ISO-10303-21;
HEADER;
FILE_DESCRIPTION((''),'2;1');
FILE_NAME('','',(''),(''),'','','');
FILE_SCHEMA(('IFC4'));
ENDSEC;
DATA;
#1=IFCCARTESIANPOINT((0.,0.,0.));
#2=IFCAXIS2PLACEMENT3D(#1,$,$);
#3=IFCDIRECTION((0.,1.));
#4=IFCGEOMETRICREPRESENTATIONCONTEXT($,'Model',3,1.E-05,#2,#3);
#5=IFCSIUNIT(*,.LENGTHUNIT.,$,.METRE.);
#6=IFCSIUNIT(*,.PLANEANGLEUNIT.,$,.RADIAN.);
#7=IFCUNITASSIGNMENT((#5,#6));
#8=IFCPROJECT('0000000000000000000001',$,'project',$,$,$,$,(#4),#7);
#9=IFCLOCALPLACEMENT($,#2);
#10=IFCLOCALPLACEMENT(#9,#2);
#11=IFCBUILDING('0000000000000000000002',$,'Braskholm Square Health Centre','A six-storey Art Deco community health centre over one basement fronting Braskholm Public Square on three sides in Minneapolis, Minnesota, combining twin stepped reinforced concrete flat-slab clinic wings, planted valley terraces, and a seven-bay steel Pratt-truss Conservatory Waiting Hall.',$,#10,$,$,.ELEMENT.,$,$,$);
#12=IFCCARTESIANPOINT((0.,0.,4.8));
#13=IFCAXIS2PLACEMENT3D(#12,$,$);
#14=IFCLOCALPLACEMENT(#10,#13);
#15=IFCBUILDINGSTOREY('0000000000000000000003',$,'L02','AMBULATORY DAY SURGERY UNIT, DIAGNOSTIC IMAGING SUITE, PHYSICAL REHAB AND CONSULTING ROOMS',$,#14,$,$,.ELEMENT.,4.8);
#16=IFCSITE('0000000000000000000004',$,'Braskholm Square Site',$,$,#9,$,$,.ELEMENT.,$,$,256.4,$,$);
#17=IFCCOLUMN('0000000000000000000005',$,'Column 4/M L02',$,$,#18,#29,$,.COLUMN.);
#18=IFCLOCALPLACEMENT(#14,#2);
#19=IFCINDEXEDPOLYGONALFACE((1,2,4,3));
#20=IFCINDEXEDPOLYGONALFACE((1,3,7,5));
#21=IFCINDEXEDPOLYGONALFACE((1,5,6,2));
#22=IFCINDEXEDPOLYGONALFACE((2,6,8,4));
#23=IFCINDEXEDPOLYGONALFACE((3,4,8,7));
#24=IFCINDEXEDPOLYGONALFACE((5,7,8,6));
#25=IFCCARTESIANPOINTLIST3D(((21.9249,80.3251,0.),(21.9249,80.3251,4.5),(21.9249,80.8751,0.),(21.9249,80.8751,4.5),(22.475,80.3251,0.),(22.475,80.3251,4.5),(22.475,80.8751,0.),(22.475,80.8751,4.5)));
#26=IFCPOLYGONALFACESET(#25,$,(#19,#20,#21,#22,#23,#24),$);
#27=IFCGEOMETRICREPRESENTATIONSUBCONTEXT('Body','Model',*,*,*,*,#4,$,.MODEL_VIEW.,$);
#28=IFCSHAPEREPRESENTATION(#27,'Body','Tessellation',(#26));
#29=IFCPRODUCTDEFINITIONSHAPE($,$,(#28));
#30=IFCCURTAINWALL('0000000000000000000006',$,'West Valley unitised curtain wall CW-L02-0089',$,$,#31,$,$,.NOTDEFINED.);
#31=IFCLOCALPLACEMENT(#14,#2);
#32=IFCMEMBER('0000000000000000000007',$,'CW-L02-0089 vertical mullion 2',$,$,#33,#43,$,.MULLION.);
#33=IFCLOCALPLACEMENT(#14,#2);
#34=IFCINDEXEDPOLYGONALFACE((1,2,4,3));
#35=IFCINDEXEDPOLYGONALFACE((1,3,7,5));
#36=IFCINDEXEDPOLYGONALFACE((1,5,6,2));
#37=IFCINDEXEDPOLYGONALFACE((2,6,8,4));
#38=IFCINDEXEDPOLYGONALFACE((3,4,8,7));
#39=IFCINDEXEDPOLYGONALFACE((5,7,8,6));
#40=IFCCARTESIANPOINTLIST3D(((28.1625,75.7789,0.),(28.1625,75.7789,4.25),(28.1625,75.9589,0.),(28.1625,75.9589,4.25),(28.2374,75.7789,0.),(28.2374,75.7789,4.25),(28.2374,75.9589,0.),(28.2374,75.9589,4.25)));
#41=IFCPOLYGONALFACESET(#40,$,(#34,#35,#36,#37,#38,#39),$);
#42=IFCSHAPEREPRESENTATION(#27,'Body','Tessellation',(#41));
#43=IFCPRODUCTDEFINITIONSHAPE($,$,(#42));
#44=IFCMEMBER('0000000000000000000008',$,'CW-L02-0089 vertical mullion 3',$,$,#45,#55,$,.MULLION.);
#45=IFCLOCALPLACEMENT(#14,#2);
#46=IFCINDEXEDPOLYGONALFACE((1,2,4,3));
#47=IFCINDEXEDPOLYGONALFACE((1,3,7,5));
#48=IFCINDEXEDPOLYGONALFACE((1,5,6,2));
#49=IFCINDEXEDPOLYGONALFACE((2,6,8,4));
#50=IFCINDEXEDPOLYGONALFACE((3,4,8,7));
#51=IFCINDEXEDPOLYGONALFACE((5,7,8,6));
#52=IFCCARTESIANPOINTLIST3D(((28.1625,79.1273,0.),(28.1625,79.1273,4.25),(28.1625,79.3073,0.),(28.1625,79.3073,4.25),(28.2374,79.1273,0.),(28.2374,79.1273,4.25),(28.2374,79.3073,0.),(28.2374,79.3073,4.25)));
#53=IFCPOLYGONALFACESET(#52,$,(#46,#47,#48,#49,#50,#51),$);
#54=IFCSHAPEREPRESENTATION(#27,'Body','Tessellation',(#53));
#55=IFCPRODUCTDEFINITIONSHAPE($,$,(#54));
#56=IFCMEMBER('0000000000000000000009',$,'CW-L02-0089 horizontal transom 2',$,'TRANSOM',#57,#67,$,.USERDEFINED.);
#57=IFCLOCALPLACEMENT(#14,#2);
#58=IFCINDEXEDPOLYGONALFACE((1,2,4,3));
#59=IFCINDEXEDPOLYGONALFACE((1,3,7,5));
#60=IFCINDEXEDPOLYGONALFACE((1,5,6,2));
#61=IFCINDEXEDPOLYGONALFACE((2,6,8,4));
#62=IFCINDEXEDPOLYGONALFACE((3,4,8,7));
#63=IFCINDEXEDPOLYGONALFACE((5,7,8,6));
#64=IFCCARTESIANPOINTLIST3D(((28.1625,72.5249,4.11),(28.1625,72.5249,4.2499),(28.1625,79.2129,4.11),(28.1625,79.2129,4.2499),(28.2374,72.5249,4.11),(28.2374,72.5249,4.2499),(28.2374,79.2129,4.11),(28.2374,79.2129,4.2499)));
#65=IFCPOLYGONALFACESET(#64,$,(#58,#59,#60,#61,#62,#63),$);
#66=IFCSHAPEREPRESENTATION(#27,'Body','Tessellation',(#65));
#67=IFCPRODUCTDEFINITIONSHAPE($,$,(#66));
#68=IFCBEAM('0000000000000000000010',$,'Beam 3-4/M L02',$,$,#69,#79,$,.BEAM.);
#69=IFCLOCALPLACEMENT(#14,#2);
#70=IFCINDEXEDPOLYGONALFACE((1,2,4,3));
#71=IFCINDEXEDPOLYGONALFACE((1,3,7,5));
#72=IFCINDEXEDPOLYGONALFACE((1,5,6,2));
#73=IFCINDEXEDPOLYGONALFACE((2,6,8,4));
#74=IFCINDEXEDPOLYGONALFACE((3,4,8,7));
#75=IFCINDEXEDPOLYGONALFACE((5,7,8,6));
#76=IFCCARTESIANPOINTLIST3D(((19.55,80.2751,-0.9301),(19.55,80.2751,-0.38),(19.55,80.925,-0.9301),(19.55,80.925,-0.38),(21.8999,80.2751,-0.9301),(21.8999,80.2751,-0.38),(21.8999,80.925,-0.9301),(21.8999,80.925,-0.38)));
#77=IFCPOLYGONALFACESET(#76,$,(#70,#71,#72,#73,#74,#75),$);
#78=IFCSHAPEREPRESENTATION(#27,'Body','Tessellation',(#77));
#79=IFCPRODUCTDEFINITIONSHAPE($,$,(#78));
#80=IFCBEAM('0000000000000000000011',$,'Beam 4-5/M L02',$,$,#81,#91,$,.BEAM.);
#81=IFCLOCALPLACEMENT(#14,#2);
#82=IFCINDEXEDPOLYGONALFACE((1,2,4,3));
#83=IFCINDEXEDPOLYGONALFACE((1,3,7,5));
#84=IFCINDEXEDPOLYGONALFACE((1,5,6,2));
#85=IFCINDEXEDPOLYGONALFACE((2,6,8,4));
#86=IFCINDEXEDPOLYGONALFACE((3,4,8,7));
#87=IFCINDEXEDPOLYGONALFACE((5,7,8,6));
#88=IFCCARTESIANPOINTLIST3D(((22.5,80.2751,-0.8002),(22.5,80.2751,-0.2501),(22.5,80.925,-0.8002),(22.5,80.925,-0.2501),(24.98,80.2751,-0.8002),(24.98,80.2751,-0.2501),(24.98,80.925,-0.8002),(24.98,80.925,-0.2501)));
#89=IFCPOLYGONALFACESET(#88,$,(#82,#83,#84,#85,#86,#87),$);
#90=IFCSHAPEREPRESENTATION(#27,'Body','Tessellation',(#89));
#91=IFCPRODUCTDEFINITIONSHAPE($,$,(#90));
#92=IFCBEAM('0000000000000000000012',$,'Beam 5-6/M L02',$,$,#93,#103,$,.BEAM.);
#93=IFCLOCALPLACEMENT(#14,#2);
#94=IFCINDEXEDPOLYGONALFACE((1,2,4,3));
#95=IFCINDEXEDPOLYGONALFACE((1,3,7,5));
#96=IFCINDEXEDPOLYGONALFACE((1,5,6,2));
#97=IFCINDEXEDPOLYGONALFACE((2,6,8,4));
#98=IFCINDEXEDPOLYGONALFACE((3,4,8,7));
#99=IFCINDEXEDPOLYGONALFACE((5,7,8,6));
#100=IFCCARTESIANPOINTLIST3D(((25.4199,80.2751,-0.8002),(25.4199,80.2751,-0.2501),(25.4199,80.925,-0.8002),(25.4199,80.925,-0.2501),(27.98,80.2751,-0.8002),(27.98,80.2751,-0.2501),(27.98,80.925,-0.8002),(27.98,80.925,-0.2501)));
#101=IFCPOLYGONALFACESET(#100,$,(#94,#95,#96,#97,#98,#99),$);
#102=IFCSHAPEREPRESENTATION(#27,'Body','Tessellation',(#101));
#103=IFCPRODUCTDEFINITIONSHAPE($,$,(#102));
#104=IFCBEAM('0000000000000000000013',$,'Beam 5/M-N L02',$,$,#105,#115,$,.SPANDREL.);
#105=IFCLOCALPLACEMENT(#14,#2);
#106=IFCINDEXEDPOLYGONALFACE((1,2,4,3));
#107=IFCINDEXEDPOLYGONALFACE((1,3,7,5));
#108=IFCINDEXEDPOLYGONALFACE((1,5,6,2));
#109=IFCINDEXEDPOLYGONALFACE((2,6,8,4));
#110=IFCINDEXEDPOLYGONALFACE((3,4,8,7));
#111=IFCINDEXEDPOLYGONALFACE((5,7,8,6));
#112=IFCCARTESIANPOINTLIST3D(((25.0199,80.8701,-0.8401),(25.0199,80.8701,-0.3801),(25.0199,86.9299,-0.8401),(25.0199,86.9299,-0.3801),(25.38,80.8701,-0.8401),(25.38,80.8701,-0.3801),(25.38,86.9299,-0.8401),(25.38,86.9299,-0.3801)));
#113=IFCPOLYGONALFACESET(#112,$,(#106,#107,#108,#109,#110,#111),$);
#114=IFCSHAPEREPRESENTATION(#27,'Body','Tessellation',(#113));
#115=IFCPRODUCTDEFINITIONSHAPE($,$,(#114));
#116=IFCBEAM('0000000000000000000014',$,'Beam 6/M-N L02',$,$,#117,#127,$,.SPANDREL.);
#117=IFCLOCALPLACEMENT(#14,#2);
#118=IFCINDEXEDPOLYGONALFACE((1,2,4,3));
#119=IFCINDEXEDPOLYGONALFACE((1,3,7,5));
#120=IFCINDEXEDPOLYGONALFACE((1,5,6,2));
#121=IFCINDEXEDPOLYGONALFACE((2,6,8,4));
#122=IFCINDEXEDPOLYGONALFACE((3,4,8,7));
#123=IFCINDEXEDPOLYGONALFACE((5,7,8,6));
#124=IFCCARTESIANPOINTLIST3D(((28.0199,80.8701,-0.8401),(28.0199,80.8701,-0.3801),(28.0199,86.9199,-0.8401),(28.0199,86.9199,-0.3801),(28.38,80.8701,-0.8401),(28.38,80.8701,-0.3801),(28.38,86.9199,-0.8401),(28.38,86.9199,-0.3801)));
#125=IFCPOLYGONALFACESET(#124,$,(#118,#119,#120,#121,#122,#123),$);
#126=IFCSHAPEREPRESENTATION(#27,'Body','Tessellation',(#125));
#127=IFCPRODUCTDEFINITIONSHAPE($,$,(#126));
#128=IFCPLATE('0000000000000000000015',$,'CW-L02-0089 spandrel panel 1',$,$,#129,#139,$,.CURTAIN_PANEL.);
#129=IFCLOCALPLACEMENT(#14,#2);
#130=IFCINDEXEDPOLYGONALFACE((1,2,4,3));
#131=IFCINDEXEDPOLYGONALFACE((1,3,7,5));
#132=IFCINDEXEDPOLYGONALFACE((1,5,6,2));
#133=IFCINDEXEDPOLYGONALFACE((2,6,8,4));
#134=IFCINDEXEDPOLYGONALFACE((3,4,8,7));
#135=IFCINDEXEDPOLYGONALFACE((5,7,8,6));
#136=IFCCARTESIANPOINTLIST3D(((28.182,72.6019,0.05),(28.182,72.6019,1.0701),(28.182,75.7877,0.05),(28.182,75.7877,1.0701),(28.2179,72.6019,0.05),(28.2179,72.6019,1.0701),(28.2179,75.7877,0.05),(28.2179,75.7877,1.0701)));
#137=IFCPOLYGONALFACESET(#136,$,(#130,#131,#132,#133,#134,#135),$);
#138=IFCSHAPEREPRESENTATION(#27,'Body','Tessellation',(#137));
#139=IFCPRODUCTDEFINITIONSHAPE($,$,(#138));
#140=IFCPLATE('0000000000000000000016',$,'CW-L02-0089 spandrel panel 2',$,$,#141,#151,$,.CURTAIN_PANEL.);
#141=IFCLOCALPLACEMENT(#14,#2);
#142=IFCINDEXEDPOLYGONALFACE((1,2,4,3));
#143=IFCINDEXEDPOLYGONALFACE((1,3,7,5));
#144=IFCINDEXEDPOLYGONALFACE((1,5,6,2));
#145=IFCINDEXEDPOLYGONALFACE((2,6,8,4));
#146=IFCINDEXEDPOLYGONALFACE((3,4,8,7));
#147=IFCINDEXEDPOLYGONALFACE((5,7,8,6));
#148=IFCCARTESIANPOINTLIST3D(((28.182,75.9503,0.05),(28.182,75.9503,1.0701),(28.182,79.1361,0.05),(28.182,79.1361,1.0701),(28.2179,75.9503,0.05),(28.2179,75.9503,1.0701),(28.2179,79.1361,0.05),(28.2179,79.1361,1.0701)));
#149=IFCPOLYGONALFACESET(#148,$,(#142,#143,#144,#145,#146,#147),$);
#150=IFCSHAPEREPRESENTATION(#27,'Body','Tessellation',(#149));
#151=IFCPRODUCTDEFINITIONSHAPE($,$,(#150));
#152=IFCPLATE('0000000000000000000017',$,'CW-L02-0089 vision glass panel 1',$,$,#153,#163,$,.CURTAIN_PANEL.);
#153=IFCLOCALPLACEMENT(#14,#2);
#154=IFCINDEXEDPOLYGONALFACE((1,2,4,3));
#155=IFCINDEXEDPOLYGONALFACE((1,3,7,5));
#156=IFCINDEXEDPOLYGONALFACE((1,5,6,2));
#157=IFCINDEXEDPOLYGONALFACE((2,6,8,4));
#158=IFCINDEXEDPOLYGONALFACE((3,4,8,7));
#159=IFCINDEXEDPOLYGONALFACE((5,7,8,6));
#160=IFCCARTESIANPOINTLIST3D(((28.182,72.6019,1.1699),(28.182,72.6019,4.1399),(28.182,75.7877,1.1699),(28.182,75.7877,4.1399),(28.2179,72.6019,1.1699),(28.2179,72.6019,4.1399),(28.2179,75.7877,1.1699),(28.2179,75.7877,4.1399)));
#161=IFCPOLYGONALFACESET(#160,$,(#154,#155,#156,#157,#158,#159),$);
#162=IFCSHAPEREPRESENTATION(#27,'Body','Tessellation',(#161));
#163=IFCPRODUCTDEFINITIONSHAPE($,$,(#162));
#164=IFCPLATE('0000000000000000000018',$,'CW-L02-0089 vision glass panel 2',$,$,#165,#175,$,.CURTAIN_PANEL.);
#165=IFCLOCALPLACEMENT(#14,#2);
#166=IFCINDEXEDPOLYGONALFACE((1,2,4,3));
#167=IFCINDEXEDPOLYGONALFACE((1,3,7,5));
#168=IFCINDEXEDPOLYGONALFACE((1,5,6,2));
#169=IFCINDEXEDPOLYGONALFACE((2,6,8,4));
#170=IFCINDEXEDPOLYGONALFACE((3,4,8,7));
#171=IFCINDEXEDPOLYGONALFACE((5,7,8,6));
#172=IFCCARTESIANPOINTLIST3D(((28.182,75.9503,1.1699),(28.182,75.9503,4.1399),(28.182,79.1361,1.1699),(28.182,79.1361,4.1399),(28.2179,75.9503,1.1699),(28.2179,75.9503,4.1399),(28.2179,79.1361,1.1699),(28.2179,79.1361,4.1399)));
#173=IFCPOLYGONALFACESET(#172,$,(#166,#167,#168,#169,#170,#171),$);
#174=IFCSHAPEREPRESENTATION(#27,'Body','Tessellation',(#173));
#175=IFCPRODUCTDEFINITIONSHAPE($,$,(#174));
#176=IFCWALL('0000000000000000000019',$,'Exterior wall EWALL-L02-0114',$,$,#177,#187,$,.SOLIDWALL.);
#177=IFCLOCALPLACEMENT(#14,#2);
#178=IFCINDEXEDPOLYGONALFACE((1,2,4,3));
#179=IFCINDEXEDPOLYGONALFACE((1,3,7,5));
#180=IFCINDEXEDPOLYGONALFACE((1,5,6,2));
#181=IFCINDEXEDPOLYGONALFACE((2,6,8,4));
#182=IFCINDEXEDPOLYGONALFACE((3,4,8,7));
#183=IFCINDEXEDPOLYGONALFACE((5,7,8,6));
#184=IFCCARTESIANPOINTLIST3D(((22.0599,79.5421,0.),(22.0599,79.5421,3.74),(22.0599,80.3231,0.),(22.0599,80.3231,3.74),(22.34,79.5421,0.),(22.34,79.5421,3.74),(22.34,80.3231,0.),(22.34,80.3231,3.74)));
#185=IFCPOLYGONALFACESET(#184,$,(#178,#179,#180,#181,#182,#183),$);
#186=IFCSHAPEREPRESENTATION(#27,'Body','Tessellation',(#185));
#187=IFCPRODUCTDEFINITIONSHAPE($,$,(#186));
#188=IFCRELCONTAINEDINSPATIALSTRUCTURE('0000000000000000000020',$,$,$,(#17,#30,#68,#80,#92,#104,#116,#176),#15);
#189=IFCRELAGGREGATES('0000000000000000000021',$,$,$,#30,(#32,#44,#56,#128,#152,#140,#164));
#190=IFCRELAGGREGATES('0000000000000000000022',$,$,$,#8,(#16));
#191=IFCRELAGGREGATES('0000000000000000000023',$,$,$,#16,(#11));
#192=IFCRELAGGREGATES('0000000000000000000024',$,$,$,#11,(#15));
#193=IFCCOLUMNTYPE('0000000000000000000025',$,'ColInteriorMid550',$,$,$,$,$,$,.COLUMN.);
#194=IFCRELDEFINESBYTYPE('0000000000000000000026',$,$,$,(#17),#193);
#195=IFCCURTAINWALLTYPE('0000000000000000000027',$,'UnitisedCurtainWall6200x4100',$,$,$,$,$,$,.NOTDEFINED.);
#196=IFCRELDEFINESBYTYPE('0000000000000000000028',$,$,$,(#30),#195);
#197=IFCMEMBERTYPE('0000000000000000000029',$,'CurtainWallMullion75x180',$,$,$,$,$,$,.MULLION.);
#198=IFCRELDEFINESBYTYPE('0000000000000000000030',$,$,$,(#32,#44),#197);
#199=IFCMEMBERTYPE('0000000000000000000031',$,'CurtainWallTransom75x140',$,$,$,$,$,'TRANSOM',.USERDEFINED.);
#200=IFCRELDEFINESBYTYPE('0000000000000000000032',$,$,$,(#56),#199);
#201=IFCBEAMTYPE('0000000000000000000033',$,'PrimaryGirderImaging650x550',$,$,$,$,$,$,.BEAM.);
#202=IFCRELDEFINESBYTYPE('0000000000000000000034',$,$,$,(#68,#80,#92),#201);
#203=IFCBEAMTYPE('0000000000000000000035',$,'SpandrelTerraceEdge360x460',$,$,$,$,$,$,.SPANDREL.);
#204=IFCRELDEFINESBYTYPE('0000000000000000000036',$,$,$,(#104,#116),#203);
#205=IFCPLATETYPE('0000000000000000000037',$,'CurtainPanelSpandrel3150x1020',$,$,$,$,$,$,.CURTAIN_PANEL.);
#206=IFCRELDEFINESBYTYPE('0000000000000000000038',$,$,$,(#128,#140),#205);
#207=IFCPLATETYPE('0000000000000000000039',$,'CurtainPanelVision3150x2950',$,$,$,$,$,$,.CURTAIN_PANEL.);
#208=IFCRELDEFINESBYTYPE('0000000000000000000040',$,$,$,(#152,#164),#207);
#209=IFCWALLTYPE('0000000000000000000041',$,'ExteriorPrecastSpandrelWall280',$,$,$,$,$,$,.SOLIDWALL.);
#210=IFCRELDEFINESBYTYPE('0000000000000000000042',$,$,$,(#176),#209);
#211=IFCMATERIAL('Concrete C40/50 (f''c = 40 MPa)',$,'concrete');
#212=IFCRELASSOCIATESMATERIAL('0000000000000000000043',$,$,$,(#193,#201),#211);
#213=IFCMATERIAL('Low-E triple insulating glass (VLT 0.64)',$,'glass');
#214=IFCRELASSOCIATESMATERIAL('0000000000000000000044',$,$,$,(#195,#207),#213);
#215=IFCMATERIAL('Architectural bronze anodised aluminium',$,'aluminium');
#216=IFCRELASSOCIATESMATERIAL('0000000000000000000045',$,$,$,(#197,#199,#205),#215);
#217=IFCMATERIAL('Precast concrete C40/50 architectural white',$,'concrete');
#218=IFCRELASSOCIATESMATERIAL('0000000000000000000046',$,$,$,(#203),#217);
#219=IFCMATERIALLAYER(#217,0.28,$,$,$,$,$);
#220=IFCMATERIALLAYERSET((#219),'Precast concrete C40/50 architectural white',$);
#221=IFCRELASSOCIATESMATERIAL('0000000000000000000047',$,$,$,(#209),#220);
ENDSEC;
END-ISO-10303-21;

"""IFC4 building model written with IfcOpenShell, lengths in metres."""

from ifc_helpers import new_model, si_unit, direction, frame, frame_2d, origin, origin_2d, place, context, subcontext, project, spatial, rectangle, extrude, material, layer, layer_set, material_profile, profile_set, type_object, element, aggregate, save


model = new_model("IFC4")

# Units and contexts
model_context = context("Model", 3, precision=1e-05, world=origin(), true_north=direction((0.0, 1.0)))
body_context = subcontext(model_context, "Body", "Model", "MODEL_VIEW")
ifc_project = project(units=[si_unit("LENGTHUNIT", "METRE"), si_unit("PLANEANGLEUNIT", "RADIAN")], contexts=[model_context])

# Site, building, storey
site_placement = place(None, origin())
site = spatial("IfcSite", under=ifc_project, at=site_placement, Name="Braskholm Square Site", CompositionType="ELEMENT", RefElevation=256.4)
building_placement = place(site_placement, origin())
building = spatial("IfcBuilding", under=site, at=building_placement, Name="Braskholm Square Health Centre", Description="A six-storey Art Deco community health centre over one basement fronting Braskholm Public Square on three sides in Minneapolis, Minnesota, combining twin stepped reinforced concrete flat-slab clinic wings, planted valley terraces, and a seven-bay steel Pratt-truss Conservatory Waiting Hall.", CompositionType="ELEMENT")
storey_placement = place(building_placement, frame((0.0, 0.0, 4.8)))
storey = spatial("IfcBuildingStorey", under=building, at=storey_placement, Name="L02", Description="AMBULATORY DAY SURGERY UNIT, DIAGNOSTIC IMAGING SUITE, PHYSICAL REHAB AND CONSULTING ROOMS", CompositionType="ELEMENT", Elevation=4.8)

# Column
ifc_material_1 = material(Name="Concrete C40/50 (f'c = 40 MPa)", Category="concrete")
ifc_material_profile_1 = material_profile(ifc_material_1, rectangle(XDim=0.55, YDim=0.55, at=origin_2d()), Name="RC-550X550")
ifc_profile_set_1 = profile_set([ifc_material_profile_1], Name="Concrete C40/50 (f'c = 40 MPa)")
column_type = type_object("IfcColumnType", Name="ColInteriorMid550", PredefinedType="COLUMN", material=ifc_profile_set_1)
column_placement = place(storey_placement, frame((22.2, 80.6001, 0.0), z_axis=(0.0, 0.0, 1.0), x_axis=(1.0, 0.0, 0.0)))
element("IfcColumn", 1, at=column_placement, inside=storey, type_object=column_type, Name="Column 4/M L02", PredefinedType="COLUMN", context=body_context, shape_type="SweptSolid", body=[
    extrude(rectangle(XDim=0.55, YDim=0.55, at=origin_2d()), origin(), (0.0, 0.0, 1.0), 4.5),
])

# Curtain wall, members
ifc_material_2 = material(Name="Low-E triple insulating glass (VLT 0.64)", Category="glass")
curtain_wall_type = type_object("IfcCurtainWallType", Name="UnitisedCurtainWall6200x4100", PredefinedType="NOTDEFINED", material=ifc_material_2)
curtain_wall_placement = place(storey_placement, origin())
curtain_wall = element("IfcCurtainWall", 2, at=curtain_wall_placement, inside=storey, type_object=curtain_wall_type, Name="West Valley unitised curtain wall CW-L02-0089", PredefinedType="NOTDEFINED")
ifc_material_3 = material(Name="Architectural bronze anodised aluminium", Category="aluminium")
ifc_material_profile_2 = material_profile(ifc_material_3, rectangle(XDim=0.075, YDim=0.1799, at=origin_2d()), Name="ALU-75X180")
ifc_profile_set_2 = profile_set([ifc_material_profile_2], Name="Architectural bronze anodised aluminium")
member_type_1 = type_object("IfcMemberType", Name="CurtainWallMullion75x180", PredefinedType="MULLION", material=ifc_profile_set_2)
member_1_placement = place(storey_placement, frame((28.2, 75.8689, 0.0), z_axis=(0.0, 0.0, 1.0), x_axis=(1.0, 0.0, 0.0)))
member_1 = element("IfcMember", 3, at=member_1_placement, type_object=member_type_1, Name="CW-L02-0089 vertical mullion 2", PredefinedType="MULLION", context=body_context, shape_type="SweptSolid", body=[
    extrude(rectangle(XDim=0.075, YDim=0.1799, at=origin_2d()), origin(), (0.0, 0.0, 1.0), 4.25),
])
member_2_placement = place(storey_placement, frame((28.2, 79.2173, 0.0), z_axis=(0.0, 0.0, 1.0), x_axis=(1.0, 0.0, 0.0)))
member_2 = element("IfcMember", 4, at=member_2_placement, type_object=member_type_1, Name="CW-L02-0089 vertical mullion 3", PredefinedType="MULLION", context=body_context, shape_type="SweptSolid", body=[
    extrude(rectangle(XDim=0.075, YDim=0.1799, at=origin_2d()), origin(), (0.0, 0.0, 1.0), 4.25),
])
ifc_material_profile_3 = material_profile(ifc_material_3, rectangle(XDim=0.075, YDim=0.1399, at=origin_2d()), Name="ALU-75X140")
ifc_profile_set_3 = profile_set([ifc_material_profile_3], Name="Architectural bronze anodised aluminium")
member_type_2 = type_object("IfcMemberType", Name="CurtainWallTransom75x140", ElementType="TRANSOM", PredefinedType="USERDEFINED", material=ifc_profile_set_3)
member_3_placement = place(storey_placement, frame((28.2, 72.5249, 4.1799), z_axis=(0.0, 1.0, 0.0), x_axis=(-1.0, 0.0, 0.0)))
member_3 = element("IfcMember", 5, at=member_3_placement, type_object=member_type_2, Name="CW-L02-0089 horizontal transom 2", ObjectType="TRANSOM", PredefinedType="USERDEFINED", context=body_context, shape_type="SweptSolid", body=[
    extrude(rectangle(XDim=0.075, YDim=0.1399, at=origin_2d()), origin(), (0.0, 0.0, 1.0), 6.688),
])

# Beams
ifc_material_profile_4 = material_profile(ifc_material_1, rectangle(XDim=0.6499, YDim=0.55, at=origin_2d()), Name="RCB-650X550")
ifc_profile_set_4 = profile_set([ifc_material_profile_4], Name="Concrete C40/50 (f'c = 40 MPa)")
beam_type_1 = type_object("IfcBeamType", Name="PrimaryGirderImaging650x550", PredefinedType="BEAM", material=ifc_profile_set_4)
beam_1_placement = place(storey_placement, frame((19.55, 80.6001, -0.655), z_axis=(1.0, 0.0, 0.0), x_axis=(0.0, 1.0, 0.0)))
element("IfcBeam", 6, at=beam_1_placement, inside=storey, type_object=beam_type_1, Name="Beam 3-4/M L02", PredefinedType="BEAM", context=body_context, shape_type="SweptSolid", body=[
    extrude(rectangle(XDim=0.6499, YDim=0.55, at=origin_2d()), origin(), (0.0, 0.0, 1.0), 2.3499),
])
beam_2_placement = place(storey_placement, frame((22.5, 80.6001, -0.5251), z_axis=(1.0, 0.0, 0.0), x_axis=(0.0, 1.0, 0.0)))
element("IfcBeam", 7, at=beam_2_placement, inside=storey, type_object=beam_type_1, Name="Beam 4-5/M L02", PredefinedType="BEAM", context=body_context, shape_type="SweptSolid", body=[
    extrude(rectangle(XDim=0.6499, YDim=0.55, at=origin_2d()), origin(), (0.0, 0.0, 1.0), 2.48),
])
beam_3_placement = place(storey_placement, frame((25.4199, 80.6001, -0.5251), z_axis=(1.0, 0.0, 0.0), x_axis=(0.0, 1.0, 0.0)))
element("IfcBeam", 8, at=beam_3_placement, inside=storey, type_object=beam_type_1, Name="Beam 5-6/M L02", PredefinedType="BEAM", context=body_context, shape_type="SweptSolid", body=[
    extrude(rectangle(XDim=0.6499, YDim=0.55, at=origin_2d()), origin(), (0.0, 0.0, 1.0), 2.5601),
])
ifc_material_4 = material(Name="Precast concrete C40/50 architectural white", Category="concrete")
ifc_material_profile_5 = material_profile(ifc_material_4, rectangle(XDim=0.3601, YDim=0.46, at=origin_2d()), Name="RCB-360X460")
ifc_profile_set_5 = profile_set([ifc_material_profile_5], Name="Precast concrete C40/50 architectural white")
beam_type_2 = type_object("IfcBeamType", Name="SpandrelTerraceEdge360x460", PredefinedType="SPANDREL", material=ifc_profile_set_5)
beam_4_placement = place(storey_placement, frame((25.2, 80.8701, -0.6101), z_axis=(0.0, 1.0, 0.0), x_axis=(-1.0, 0.0, 0.0)))
element("IfcBeam", 9, at=beam_4_placement, inside=storey, type_object=beam_type_2, Name="Beam 5/M-N L02", PredefinedType="SPANDREL", context=body_context, shape_type="SweptSolid", body=[
    extrude(rectangle(XDim=0.3601, YDim=0.46, at=origin_2d()), origin(), (0.0, 0.0, 1.0), 6.0598),
])
beam_5_placement = place(storey_placement, frame((28.2, 80.8701, -0.6101), z_axis=(0.0, 1.0, 0.0), x_axis=(-1.0, 0.0, 0.0)))
element("IfcBeam", 10, at=beam_5_placement, inside=storey, type_object=beam_type_2, Name="Beam 6/M-N L02", PredefinedType="SPANDREL", context=body_context, shape_type="SweptSolid", body=[
    extrude(rectangle(XDim=0.3601, YDim=0.46, at=origin_2d()), origin(), (0.0, 0.0, 1.0), 6.0498),
])

# Plates
plate_type_1 = type_object("IfcPlateType", Name="CurtainPanelSpandrel3150x1020", PredefinedType="CURTAIN_PANEL", material=ifc_material_3)
plate_1_placement = place(storey_placement, frame((28.2, 74.1948, 0.05), z_axis=(0.0, 0.0, 1.0), x_axis=(0.0, 1.0, 0.0)))
plate_1 = element("IfcPlate", 11, at=plate_1_placement, type_object=plate_type_1, Name="CW-L02-0089 spandrel panel 1", PredefinedType="CURTAIN_PANEL", context=body_context, shape_type="SweptSolid", body=[
    extrude(rectangle(XDim=3.1858, YDim=0.0359, at=origin_2d()), origin(), (0.0, 0.0, 1.0), 1.02),
])
plate_2_placement = place(storey_placement, frame((28.2, 77.5432, 0.05), z_axis=(0.0, 0.0, 1.0), x_axis=(0.0, 1.0, 0.0)))
plate_2 = element("IfcPlate", 12, at=plate_2_placement, type_object=plate_type_1, Name="CW-L02-0089 spandrel panel 2", PredefinedType="CURTAIN_PANEL", context=body_context, shape_type="SweptSolid", body=[
    extrude(rectangle(XDim=3.1858, YDim=0.0359, at=origin_2d()), origin(), (0.0, 0.0, 1.0), 1.02),
])
plate_type_2 = type_object("IfcPlateType", Name="CurtainPanelVision3150x2950", PredefinedType="CURTAIN_PANEL", material=ifc_material_2)
plate_3_placement = place(storey_placement, frame((28.2, 74.1948, 1.1699), z_axis=(0.0, 0.0, 1.0), x_axis=(0.0, 1.0, 0.0)))
plate_3 = element("IfcPlate", 13, at=plate_3_placement, type_object=plate_type_2, Name="CW-L02-0089 vision glass panel 1", PredefinedType="CURTAIN_PANEL", context=body_context, shape_type="SweptSolid", body=[
    extrude(rectangle(XDim=3.1858, YDim=0.0359, at=origin_2d()), origin(), (0.0, 0.0, 1.0), 2.97),
])
plate_4_placement = place(storey_placement, frame((28.2, 77.5432, 1.1699), z_axis=(0.0, 0.0, 1.0), x_axis=(0.0, 1.0, 0.0)))
plate_4 = element("IfcPlate", 14, at=plate_4_placement, type_object=plate_type_2, Name="CW-L02-0089 vision glass panel 2", PredefinedType="CURTAIN_PANEL", context=body_context, shape_type="SweptSolid", body=[
    extrude(rectangle(XDim=3.1858, YDim=0.0359, at=origin_2d()), origin(), (0.0, 0.0, 1.0), 2.97),
])
aggregate(curtain_wall, [member_1, member_2, member_3, plate_1, plate_3, plate_2, plate_4])

# Wall
ifc_layer = layer(ifc_material_4, 0.28)
ifc_layer_set = layer_set([ifc_layer], Name="Precast concrete C40/50 architectural white")
wall_type = type_object("IfcWallType", Name="ExteriorPrecastSpandrelWall280", PredefinedType="SOLIDWALL", material=ifc_layer_set)
wall_1_placement = place(storey_placement, frame((22.2, 79.542, 0.0), z_axis=(0.0, 0.0, 1.0), x_axis=(0.0, 1.0, 0.0)))
element("IfcWall", 15, at=wall_1_placement, inside=storey, type_object=wall_type, Name="Exterior wall EWALL-L02-0114", PredefinedType="SOLIDWALL", context=body_context, shape_type="SweptSolid", body=[
    extrude(rectangle(XDim=0.781, YDim=0.28, at=frame_2d((0.3906, 0.0))), origin(), (0.0, 0.0, 1.0), 3.74),
])

save(model, "model.ifc")
